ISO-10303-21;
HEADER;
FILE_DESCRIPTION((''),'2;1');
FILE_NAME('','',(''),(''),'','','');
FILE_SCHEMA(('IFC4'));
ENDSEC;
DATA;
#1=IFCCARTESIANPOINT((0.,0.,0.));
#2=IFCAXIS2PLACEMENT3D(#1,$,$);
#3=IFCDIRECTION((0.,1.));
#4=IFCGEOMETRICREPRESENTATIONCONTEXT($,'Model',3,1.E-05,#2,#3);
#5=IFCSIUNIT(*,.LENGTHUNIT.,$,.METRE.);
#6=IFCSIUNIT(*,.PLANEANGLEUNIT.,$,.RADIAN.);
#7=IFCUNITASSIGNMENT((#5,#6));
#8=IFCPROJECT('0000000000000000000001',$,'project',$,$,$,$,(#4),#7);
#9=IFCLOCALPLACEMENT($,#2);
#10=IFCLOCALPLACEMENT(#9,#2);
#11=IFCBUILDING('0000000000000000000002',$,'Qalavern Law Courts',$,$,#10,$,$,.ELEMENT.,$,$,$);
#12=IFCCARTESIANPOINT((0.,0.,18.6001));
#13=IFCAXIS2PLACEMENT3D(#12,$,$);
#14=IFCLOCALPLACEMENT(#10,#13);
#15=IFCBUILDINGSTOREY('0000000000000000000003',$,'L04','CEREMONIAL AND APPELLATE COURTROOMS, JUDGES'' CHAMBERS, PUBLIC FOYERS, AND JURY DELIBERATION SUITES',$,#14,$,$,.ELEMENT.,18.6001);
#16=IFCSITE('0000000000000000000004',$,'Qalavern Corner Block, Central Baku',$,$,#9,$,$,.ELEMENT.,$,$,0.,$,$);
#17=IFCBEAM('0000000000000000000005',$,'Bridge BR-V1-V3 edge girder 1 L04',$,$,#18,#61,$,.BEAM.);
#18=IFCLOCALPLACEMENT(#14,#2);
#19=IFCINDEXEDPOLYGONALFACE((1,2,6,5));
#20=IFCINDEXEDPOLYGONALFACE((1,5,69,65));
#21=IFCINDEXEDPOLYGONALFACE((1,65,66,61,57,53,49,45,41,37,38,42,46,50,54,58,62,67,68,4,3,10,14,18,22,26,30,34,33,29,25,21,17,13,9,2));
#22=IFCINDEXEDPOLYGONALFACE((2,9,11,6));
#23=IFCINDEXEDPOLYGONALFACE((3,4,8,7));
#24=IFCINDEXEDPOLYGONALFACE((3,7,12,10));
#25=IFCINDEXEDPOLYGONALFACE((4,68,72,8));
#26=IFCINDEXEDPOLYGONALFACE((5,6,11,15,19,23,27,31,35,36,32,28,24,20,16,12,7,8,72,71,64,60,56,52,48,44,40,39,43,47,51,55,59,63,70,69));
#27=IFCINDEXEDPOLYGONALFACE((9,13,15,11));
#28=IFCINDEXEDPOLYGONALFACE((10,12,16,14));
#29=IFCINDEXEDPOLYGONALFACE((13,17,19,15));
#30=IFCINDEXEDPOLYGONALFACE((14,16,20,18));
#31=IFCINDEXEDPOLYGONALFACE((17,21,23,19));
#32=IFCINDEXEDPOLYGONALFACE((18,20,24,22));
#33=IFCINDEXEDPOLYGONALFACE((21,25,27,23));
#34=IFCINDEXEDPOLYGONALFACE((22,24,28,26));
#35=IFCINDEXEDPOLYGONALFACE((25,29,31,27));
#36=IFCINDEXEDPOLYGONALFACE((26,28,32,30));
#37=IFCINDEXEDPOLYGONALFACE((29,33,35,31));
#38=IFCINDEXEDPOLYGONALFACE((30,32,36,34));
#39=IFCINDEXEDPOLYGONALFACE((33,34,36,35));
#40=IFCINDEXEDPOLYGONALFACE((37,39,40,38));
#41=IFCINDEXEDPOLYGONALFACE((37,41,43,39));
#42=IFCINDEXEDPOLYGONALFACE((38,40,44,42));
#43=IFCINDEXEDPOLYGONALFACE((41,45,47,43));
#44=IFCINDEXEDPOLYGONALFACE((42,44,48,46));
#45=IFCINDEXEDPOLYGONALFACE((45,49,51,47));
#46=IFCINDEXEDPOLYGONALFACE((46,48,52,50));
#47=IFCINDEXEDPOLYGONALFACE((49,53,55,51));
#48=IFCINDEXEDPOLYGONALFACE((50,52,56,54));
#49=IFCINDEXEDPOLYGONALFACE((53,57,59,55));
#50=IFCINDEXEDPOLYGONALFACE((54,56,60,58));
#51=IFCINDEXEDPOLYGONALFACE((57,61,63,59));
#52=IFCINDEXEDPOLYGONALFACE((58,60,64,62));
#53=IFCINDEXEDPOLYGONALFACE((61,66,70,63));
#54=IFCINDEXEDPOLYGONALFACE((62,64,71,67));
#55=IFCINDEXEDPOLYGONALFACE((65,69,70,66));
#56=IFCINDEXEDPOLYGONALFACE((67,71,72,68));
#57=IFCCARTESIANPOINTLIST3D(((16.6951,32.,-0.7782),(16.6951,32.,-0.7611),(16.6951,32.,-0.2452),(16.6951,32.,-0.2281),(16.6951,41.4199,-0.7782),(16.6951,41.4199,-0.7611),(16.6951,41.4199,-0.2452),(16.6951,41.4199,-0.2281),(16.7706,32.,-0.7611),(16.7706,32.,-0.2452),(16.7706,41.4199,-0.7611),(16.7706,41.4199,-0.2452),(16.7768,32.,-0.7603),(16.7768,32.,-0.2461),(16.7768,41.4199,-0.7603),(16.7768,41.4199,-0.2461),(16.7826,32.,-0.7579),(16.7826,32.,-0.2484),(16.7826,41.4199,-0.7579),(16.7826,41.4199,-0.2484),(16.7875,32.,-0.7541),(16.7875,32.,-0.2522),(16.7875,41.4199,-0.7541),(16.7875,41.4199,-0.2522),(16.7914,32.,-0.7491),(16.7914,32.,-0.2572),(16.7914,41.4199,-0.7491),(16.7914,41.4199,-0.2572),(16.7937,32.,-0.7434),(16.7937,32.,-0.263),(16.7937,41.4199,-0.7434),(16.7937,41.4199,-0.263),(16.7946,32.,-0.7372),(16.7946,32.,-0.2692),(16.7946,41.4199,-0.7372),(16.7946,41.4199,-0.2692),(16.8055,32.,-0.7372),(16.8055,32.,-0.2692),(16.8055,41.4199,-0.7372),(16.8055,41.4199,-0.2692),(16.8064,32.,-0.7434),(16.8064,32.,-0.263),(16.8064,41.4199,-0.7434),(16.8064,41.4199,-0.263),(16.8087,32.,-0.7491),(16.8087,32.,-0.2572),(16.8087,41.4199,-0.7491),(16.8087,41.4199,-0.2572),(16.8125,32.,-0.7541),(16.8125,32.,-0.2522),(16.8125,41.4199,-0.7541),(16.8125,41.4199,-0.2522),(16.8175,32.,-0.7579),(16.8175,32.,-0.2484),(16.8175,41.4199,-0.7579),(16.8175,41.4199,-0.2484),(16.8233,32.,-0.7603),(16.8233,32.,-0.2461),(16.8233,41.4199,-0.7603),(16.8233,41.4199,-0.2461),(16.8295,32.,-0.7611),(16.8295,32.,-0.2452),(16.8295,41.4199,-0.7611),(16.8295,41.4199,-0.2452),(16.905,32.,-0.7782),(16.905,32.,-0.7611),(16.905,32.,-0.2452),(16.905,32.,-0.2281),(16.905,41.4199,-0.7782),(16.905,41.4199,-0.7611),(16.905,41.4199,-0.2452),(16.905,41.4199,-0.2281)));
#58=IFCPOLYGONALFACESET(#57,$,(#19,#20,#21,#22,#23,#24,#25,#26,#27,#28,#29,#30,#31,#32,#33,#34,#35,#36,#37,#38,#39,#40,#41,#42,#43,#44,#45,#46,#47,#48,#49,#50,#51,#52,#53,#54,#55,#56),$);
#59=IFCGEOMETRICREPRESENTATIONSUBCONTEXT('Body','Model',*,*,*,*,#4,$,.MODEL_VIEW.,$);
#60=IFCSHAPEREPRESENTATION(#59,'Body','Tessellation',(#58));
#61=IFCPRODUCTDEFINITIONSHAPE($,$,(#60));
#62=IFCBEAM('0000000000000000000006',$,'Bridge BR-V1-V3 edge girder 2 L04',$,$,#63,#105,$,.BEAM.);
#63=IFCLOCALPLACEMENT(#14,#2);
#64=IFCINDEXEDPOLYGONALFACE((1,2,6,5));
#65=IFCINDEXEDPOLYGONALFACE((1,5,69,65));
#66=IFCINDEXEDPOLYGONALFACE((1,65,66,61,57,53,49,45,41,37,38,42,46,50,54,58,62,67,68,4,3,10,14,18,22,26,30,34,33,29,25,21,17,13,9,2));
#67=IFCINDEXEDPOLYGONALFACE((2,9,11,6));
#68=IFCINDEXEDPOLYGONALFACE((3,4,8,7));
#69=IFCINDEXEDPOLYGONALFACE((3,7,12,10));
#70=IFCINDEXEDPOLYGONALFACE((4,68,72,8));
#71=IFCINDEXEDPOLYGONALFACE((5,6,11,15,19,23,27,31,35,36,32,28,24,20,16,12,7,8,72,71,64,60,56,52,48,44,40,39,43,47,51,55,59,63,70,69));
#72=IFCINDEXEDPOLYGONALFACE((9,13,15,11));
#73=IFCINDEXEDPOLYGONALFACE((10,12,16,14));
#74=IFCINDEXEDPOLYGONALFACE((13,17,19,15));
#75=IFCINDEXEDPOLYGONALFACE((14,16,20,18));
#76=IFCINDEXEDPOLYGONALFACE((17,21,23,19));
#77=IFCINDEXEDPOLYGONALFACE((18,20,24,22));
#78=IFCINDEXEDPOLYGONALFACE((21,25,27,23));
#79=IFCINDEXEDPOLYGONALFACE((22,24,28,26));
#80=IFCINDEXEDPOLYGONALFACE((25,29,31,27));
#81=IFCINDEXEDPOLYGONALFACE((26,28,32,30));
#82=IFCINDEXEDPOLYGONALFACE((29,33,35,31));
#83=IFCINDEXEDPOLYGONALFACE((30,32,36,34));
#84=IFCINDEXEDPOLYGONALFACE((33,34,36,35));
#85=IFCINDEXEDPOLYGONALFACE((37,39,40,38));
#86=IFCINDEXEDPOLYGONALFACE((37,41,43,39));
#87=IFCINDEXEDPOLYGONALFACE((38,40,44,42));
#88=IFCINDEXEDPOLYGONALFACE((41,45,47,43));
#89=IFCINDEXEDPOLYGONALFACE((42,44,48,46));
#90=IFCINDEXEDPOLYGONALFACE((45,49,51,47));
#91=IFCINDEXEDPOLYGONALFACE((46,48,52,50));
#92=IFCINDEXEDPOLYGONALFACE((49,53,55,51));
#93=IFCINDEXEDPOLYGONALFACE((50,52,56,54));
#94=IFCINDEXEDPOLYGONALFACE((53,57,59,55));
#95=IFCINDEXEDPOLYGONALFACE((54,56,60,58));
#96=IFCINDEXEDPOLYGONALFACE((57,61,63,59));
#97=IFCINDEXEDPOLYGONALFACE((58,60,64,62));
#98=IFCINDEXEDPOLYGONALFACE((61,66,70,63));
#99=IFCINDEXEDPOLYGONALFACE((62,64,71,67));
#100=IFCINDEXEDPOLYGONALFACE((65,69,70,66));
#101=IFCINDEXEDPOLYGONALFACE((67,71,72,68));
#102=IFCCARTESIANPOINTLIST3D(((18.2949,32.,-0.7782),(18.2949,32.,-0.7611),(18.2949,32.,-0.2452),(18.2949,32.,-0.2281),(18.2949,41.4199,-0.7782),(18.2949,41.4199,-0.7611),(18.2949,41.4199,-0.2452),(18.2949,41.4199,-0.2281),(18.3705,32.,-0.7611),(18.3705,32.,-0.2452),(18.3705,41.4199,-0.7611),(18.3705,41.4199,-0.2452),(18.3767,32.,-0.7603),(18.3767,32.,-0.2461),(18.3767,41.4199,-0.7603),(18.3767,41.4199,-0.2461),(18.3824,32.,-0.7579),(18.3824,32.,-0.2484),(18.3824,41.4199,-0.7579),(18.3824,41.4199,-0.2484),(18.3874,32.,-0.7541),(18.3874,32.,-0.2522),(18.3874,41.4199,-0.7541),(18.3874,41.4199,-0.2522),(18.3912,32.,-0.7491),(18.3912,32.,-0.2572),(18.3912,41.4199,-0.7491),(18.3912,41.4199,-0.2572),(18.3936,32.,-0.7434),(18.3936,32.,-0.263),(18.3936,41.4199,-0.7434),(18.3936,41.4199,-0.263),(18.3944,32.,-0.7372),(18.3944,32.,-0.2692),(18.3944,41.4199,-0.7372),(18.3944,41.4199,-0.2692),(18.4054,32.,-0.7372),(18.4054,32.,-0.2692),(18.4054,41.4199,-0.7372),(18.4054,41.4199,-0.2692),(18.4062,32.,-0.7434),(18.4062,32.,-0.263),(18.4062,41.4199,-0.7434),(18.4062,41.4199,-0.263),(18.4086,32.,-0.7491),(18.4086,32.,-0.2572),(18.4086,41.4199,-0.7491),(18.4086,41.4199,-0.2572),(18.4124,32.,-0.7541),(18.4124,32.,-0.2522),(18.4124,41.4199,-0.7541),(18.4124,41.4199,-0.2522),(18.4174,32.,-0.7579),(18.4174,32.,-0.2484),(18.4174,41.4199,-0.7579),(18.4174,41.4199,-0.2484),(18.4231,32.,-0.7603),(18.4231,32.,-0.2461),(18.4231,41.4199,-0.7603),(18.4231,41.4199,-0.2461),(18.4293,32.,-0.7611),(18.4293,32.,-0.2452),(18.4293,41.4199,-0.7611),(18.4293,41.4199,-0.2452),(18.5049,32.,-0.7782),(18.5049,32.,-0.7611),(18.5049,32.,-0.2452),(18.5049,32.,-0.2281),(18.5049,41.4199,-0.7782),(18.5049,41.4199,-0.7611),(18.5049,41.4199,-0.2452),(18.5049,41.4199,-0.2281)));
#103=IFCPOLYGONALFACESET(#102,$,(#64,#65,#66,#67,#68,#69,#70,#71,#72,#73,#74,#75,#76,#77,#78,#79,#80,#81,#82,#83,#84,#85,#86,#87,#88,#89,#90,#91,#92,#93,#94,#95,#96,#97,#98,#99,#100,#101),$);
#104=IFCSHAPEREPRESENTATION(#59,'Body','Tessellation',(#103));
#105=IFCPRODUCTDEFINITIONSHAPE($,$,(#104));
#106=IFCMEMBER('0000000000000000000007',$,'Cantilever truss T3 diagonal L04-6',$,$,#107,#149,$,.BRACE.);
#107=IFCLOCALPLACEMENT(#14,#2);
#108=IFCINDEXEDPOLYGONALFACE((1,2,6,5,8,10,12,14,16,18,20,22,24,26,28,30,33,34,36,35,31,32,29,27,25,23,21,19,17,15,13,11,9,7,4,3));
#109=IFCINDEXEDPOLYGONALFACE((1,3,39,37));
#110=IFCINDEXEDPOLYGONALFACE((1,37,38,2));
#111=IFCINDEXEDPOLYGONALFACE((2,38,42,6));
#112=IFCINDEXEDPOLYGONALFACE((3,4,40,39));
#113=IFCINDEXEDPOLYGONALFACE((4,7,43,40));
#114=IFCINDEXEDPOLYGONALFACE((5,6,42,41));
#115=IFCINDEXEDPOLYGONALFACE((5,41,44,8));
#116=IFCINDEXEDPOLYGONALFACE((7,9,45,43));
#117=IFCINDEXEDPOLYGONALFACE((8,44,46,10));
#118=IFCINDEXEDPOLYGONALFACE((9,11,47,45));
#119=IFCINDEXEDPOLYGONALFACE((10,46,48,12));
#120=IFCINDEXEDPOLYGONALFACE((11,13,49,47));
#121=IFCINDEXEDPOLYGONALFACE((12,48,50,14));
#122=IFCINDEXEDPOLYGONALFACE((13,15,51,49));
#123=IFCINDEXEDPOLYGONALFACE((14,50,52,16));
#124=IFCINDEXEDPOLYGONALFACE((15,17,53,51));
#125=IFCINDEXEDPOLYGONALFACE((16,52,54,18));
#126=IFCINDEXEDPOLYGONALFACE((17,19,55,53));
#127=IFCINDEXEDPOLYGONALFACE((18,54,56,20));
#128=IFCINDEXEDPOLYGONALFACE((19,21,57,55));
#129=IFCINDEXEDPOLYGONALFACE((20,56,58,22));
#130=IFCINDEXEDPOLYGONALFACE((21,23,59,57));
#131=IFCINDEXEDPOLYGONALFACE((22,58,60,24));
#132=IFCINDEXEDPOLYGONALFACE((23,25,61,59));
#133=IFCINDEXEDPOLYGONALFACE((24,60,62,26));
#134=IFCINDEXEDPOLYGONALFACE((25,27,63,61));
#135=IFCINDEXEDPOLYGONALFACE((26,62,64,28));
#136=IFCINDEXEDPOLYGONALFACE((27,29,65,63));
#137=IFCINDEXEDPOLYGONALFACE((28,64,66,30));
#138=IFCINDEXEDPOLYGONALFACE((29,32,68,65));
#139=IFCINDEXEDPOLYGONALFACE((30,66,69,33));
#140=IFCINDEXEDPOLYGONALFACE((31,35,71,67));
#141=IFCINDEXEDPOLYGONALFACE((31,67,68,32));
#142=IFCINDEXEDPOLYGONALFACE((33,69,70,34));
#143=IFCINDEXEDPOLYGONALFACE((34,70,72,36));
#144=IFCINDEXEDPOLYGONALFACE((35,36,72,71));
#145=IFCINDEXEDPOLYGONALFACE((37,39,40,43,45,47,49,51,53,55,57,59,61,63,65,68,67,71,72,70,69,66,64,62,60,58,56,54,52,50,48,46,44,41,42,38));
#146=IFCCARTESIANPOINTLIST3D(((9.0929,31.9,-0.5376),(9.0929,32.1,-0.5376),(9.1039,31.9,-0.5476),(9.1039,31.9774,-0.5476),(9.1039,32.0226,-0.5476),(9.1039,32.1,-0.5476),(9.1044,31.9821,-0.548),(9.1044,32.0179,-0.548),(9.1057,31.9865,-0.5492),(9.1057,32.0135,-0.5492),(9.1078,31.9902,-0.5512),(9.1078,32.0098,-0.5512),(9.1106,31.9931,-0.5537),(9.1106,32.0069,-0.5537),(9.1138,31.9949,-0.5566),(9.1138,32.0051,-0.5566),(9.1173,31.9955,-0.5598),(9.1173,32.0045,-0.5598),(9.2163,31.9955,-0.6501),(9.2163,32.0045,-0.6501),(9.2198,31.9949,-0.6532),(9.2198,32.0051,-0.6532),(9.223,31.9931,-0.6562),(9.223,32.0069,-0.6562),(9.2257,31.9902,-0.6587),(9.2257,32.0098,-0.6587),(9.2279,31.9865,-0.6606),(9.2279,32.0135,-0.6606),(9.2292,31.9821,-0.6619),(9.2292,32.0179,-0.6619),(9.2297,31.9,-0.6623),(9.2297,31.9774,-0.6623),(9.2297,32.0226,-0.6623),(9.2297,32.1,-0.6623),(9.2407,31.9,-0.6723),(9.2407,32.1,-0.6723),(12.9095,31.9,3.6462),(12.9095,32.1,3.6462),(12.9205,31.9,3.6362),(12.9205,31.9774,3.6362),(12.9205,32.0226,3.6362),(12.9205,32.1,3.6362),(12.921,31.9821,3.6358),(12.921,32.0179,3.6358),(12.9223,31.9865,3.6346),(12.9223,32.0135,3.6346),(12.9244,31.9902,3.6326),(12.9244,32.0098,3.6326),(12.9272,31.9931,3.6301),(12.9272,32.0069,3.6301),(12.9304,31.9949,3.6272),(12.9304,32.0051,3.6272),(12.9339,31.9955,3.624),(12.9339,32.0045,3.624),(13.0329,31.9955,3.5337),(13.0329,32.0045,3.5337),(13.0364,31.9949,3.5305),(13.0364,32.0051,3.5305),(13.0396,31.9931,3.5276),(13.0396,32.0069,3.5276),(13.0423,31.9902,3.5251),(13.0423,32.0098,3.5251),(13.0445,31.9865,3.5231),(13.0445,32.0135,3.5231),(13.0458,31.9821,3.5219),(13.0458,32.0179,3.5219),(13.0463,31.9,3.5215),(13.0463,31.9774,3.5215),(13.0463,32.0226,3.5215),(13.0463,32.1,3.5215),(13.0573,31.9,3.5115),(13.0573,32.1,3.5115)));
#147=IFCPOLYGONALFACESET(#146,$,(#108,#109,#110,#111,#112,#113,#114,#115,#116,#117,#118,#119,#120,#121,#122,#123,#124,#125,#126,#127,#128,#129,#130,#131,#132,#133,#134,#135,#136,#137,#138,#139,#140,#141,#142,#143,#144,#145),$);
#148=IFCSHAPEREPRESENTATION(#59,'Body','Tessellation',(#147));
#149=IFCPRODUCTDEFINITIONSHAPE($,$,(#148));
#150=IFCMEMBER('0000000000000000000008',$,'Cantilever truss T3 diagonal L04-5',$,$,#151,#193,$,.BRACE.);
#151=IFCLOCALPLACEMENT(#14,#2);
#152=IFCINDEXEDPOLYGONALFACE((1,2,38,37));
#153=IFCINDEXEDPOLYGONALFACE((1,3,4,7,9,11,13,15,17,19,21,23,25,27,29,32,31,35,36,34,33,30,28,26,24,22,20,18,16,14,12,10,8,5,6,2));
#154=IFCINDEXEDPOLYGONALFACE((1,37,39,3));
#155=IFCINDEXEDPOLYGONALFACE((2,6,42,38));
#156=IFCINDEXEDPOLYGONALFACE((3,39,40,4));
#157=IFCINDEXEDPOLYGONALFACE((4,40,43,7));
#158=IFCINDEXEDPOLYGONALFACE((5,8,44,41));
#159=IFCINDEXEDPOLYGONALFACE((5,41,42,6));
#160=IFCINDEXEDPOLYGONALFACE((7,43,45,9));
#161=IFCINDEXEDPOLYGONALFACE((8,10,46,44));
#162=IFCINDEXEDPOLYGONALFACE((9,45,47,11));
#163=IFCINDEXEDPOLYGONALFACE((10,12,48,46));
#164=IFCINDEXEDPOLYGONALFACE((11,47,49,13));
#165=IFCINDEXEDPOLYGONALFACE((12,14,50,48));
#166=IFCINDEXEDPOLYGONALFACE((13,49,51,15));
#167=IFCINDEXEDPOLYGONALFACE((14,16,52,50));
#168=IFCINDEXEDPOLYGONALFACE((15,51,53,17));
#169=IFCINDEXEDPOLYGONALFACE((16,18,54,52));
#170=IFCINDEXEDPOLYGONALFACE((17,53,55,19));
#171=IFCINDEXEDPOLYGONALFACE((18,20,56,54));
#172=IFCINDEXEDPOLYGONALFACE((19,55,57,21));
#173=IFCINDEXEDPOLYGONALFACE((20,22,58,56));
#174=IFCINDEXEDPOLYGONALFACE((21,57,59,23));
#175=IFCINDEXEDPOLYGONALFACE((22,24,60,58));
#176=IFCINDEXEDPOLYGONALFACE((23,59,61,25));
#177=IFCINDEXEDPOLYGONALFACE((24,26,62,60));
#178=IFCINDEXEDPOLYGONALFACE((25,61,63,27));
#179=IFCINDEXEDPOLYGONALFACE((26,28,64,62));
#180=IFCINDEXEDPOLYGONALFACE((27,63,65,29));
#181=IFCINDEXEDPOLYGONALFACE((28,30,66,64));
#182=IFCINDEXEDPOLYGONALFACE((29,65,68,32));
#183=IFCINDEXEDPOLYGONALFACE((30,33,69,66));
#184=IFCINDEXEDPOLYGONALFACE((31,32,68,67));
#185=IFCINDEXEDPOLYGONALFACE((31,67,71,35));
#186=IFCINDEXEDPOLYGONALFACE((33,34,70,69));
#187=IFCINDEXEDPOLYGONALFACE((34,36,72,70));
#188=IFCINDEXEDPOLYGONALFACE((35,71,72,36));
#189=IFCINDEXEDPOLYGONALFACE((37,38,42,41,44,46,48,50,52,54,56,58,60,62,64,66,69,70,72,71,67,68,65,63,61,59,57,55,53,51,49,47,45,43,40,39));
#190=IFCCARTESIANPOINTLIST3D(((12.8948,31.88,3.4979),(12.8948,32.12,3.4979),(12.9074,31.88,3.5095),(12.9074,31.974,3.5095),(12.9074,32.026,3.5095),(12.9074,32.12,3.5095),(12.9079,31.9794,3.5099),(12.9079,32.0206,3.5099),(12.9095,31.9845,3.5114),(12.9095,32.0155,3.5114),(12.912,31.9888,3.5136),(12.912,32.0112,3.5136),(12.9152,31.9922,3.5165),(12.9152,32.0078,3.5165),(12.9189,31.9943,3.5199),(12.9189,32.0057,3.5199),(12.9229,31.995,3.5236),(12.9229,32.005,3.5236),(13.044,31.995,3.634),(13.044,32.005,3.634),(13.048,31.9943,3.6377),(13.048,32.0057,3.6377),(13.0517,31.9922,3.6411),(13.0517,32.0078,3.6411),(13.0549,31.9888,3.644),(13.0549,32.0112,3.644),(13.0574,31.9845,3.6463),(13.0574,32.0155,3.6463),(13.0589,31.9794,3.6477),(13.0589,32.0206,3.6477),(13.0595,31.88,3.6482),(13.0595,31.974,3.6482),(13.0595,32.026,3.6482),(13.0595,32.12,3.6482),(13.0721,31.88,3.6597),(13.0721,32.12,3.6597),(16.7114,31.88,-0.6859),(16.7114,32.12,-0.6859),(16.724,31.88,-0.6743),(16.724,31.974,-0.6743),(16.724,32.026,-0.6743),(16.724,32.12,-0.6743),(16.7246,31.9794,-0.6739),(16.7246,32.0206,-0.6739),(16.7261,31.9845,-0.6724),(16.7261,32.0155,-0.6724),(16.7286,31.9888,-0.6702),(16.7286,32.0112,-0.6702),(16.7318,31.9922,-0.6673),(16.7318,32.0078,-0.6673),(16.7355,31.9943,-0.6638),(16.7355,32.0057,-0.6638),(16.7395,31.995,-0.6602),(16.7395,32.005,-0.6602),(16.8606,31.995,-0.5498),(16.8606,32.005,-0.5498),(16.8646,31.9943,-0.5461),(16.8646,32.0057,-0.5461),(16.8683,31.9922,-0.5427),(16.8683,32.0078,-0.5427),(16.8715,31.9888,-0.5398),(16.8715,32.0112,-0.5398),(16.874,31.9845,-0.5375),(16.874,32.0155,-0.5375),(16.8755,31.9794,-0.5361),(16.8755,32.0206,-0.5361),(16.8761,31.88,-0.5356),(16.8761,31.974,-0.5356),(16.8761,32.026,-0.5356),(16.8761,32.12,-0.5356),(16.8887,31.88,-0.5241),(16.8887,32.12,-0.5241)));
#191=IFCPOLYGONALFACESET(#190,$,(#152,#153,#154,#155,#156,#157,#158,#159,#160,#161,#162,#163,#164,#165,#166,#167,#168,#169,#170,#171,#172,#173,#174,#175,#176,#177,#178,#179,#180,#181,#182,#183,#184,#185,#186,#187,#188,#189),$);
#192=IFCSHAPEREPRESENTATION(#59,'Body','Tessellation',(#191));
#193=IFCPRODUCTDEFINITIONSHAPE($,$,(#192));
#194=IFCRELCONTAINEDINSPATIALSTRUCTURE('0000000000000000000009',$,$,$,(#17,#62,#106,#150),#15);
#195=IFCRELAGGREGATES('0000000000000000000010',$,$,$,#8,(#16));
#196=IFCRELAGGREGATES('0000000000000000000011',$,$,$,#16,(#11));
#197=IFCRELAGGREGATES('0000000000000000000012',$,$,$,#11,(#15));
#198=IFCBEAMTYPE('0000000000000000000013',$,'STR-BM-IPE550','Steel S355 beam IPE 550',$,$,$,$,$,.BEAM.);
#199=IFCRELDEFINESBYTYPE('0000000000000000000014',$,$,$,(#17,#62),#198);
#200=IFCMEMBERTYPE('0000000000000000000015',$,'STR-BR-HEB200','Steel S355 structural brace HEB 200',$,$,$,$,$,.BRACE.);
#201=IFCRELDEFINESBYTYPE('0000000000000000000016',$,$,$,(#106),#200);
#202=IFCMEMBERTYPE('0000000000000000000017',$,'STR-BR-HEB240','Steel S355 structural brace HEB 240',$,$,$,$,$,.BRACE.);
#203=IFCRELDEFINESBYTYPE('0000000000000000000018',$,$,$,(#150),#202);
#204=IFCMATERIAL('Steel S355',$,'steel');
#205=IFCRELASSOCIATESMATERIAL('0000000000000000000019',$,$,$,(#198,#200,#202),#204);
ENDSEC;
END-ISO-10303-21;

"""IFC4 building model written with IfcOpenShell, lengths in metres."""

from ifc_helpers import new_model, si_unit, direction, frame, origin, origin_2d, place, context, subcontext, project, spatial, i_section, extrude, material, material_profile, profile_set, type_object, element, save


model = new_model("IFC4")

# Units and contexts
model_context = context("Model", 3, precision=1e-05, world=origin(), true_north=direction((0.0, 1.0)))
body_context = subcontext(model_context, "Body", "Model", "MODEL_VIEW")
ifc_project = project(units=[si_unit("LENGTHUNIT", "METRE"), si_unit("PLANEANGLEUNIT", "RADIAN")], contexts=[model_context])

# Site, building, storey
site_placement = place(None, origin())
site = spatial("IfcSite", under=ifc_project, at=site_placement, Name="Qalavern Corner Block, Central Baku", CompositionType="ELEMENT", RefElevation=0.0)
building_placement = place(site_placement, origin())
building = spatial("IfcBuilding", under=site, at=building_placement, Name="Qalavern Law Courts", CompositionType="ELEMENT")
storey_placement = place(building_placement, frame((0.0, 0.0, 18.6001)))
storey = spatial("IfcBuildingStorey", under=building, at=storey_placement, Name="L04", Description="CEREMONIAL AND APPELLATE COURTROOMS, JUDGES' CHAMBERS, PUBLIC FOYERS, AND JURY DELIBERATION SUITES", CompositionType="ELEMENT", Elevation=18.6001)

# Beams
ifc_material_1 = material(Name="Steel S355", Category="steel")
ifc_material_profile_1 = material_profile(ifc_material_1, i_section(OverallWidth=0.21, OverallDepth=0.55, WebThickness=0.011, FlangeThickness=0.0171, FilletRadius=0.0239, at=origin_2d()), Name="IPE 550")
ifc_profile_set_1 = profile_set([ifc_material_profile_1], Name="Steel S355")
beam_type_1 = type_object("IfcBeamType", Name="STR-BM-IPE550", Description="Steel S355 beam IPE 550", PredefinedType="BEAM", material=ifc_profile_set_1)
for number, where, z_axis, x_axis, name in (
    (1, (16.8, 32.0, -0.5032), (0.0, 1.0, 0.0), (-1.0, 0.0, 0.0), "Bridge BR-V1-V3 edge girder 1 L04"),
    (2, (18.3999, 32.0, -0.5032), (0.0, 1.0, 0.0), (-1.0, 0.0, 0.0), "Bridge BR-V1-V3 edge girder 2 L04"),
):
    element("IfcBeam", number, at=place(storey_placement, frame(where, z_axis=z_axis, x_axis=x_axis)), inside=storey, type_object=beam_type_1, Name=name, PredefinedType="BEAM", context=body_context, shape_type="SweptSolid", body=[
        extrude(i_section(OverallWidth=0.21, OverallDepth=0.55, WebThickness=0.011, FlangeThickness=0.0171, FilletRadius=0.0239, at=origin_2d()), origin(), (0.0, 0.0, 1.0), 9.4199),
    ])

# Members
ifc_material_profile_2 = material_profile(ifc_material_1, i_section(OverallWidth=0.2, OverallDepth=0.2, WebThickness=0.009, FlangeThickness=0.0149, FilletRadius=0.0181, at=origin_2d()), Name="HEB 200")
ifc_profile_set_2 = profile_set([ifc_material_profile_2], Name="Steel S355")
member_type_1 = type_object("IfcMemberType", Name="STR-BR-HEB200", Description="Steel S355 structural brace HEB 200", PredefinedType="BRACE", material=ifc_profile_set_2)
member_1_placement = place(storey_placement, frame((12.9834, 32.0, 3.5789), z_axis=(-0.673944, 0.0, -0.738782), x_axis=(0.0, -1.0, 0.0)))
element("IfcMember", 3, at=member_1_placement, inside=storey, type_object=member_type_1, Name="Cantilever truss T3 diagonal L04-6", PredefinedType="BRACE", context=body_context, shape_type="SweptSolid", body=[
    extrude(i_section(OverallWidth=0.2, OverallDepth=0.2, WebThickness=0.009, FlangeThickness=0.0149, FilletRadius=0.0181, at=origin_2d()), origin(), (0.0, 0.0, 1.0), 5.6631),
])
ifc_material_profile_3 = material_profile(ifc_material_1, i_section(OverallWidth=0.24, OverallDepth=0.24, WebThickness=0.01, FlangeThickness=0.0171, FilletRadius=0.021, at=origin_2d()), Name="HEB 240")
ifc_profile_set_3 = profile_set([ifc_material_profile_3], Name="Steel S355")
member_type_2 = type_object("IfcMemberType", Name="STR-BR-HEB240", Description="Steel S355 structural brace HEB 240", PredefinedType="BRACE", material=ifc_profile_set_3)
member_2_placement = place(storey_placement, frame((16.8, 32.0, -0.605), z_axis=(-0.673944, 0.0, 0.738782), x_axis=(0.0, -1.0, 0.0)))
element("IfcMember", 4, at=member_2_placement, inside=storey, type_object=member_type_2, Name="Cantilever truss T3 diagonal L04-5", PredefinedType="BRACE", context=body_context, shape_type="SweptSolid", body=[
    extrude(i_section(OverallWidth=0.24, OverallDepth=0.24, WebThickness=0.01, FlangeThickness=0.0171, FilletRadius=0.021, at=origin_2d()), origin(), (0.0, 0.0, 1.0), 5.6631),
])

save(model, "model.ifc")
